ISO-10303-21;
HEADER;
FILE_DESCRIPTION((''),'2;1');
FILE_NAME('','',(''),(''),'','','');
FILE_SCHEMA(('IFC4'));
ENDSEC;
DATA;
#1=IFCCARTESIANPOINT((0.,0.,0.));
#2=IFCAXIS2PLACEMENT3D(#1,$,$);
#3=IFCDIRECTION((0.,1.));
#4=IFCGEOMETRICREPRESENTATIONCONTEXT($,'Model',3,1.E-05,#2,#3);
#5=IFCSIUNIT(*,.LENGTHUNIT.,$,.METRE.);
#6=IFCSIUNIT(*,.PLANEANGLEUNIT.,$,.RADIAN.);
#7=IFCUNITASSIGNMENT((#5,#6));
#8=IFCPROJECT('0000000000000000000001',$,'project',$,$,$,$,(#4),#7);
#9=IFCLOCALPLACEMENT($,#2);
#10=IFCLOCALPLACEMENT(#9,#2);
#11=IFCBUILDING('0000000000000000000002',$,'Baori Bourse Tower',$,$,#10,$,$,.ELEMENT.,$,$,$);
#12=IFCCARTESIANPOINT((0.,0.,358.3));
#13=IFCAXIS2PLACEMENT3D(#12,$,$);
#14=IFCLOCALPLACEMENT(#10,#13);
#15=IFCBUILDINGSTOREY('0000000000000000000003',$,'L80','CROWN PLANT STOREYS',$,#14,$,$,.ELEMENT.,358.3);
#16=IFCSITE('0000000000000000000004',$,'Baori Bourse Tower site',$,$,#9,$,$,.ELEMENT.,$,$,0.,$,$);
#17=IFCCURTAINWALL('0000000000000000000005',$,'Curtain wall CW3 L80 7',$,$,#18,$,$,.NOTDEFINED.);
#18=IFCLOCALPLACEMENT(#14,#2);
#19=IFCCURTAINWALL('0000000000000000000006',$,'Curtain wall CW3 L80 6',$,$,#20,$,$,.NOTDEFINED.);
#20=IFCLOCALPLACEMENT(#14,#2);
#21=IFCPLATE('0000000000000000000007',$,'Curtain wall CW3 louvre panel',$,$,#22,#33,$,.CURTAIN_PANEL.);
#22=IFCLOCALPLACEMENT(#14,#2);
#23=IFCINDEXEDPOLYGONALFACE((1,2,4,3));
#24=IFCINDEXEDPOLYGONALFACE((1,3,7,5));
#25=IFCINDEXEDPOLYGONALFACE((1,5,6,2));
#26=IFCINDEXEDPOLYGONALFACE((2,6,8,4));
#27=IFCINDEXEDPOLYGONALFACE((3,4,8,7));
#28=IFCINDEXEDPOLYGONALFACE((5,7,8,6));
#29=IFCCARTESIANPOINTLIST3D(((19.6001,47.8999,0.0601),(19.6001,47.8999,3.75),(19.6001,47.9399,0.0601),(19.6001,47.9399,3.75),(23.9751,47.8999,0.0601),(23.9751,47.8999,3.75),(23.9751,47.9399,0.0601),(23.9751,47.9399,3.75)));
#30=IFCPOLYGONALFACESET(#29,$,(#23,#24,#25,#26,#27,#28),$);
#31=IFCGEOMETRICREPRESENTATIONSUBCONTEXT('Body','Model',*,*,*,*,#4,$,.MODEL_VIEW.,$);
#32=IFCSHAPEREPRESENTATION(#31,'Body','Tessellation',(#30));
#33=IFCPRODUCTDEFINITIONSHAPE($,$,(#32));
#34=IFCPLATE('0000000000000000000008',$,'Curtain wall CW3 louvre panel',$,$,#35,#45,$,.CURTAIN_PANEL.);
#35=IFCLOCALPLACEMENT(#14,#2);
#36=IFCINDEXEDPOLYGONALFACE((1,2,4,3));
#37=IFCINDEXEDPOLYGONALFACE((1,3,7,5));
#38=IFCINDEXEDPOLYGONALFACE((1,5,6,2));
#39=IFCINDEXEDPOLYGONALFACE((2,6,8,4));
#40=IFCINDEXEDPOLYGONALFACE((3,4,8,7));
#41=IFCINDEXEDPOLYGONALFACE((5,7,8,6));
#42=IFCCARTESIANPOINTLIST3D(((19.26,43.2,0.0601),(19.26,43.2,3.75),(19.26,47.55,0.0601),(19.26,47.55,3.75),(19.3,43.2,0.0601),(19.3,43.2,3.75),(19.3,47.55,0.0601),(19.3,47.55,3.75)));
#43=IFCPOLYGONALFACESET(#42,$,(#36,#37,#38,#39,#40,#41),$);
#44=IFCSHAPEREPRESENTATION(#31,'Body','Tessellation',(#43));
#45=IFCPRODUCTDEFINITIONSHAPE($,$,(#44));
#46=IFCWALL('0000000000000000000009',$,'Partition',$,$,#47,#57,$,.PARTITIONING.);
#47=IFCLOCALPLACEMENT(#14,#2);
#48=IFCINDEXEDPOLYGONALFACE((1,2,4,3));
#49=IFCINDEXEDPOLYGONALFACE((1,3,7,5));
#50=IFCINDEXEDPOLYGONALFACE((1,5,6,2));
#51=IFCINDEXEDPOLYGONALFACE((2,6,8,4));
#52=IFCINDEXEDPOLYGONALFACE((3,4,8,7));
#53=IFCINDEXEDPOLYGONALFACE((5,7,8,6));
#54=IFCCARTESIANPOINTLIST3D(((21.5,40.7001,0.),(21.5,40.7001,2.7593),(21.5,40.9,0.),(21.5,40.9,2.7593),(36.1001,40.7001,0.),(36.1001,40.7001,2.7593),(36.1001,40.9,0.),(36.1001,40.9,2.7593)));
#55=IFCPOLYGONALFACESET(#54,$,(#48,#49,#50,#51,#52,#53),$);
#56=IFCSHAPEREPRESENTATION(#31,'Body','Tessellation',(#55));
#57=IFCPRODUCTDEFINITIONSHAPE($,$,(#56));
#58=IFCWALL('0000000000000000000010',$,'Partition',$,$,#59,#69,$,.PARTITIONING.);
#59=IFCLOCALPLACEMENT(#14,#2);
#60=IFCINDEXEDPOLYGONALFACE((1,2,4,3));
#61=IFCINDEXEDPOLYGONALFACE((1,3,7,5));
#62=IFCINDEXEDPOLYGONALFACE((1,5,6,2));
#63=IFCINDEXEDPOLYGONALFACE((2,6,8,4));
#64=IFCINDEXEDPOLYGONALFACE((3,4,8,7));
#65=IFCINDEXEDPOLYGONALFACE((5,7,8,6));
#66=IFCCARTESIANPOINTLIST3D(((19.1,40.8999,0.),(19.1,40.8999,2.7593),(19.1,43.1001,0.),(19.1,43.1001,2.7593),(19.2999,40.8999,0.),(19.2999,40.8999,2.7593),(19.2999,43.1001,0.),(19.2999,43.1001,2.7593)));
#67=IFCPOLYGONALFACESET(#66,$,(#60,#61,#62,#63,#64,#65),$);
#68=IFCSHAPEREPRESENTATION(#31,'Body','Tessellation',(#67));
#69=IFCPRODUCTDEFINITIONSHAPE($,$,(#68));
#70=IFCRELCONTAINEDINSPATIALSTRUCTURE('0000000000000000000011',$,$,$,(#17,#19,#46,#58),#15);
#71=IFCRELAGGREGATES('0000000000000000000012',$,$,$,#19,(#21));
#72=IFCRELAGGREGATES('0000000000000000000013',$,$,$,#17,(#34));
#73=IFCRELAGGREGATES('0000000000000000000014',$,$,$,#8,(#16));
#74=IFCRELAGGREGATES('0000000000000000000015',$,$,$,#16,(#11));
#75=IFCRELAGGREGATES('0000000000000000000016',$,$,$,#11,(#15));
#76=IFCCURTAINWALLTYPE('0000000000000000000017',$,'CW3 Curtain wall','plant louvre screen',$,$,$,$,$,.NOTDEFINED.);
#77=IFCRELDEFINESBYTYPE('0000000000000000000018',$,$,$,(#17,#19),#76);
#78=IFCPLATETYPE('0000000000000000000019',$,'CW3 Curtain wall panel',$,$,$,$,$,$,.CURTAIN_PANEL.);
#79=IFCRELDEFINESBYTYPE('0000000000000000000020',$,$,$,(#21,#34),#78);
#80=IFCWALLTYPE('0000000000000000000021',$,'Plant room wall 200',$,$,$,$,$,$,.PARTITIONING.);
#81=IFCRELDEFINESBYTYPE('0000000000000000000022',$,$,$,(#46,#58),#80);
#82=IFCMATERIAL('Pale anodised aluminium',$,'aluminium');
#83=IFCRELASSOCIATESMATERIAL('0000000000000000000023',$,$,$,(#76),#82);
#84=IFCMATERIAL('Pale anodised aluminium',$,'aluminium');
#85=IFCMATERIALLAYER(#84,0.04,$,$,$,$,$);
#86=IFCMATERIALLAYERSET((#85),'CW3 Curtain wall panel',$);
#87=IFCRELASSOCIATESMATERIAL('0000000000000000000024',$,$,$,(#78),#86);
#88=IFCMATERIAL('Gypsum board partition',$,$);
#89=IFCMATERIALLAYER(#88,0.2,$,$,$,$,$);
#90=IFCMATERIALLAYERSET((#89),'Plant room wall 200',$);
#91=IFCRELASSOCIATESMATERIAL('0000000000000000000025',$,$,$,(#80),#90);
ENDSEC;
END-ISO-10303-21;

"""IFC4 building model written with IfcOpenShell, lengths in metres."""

from ifc_helpers import new_model, si_unit, direction, frame, frame_2d, origin, origin_2d, place, context, subcontext, project, spatial, rectangle, extrude, material, layer, layer_set, type_object, element, aggregate, save


model = new_model("IFC4")

# Units and contexts
model_context = context("Model", 3, precision=1e-05, world=origin(), true_north=direction((0.0, 1.0)))
body_context = subcontext(model_context, "Body", "Model", "MODEL_VIEW")
ifc_project = project(units=[si_unit("LENGTHUNIT", "METRE"), si_unit("PLANEANGLEUNIT", "RADIAN")], contexts=[model_context])

# Site, building, storey
site_placement = place(None, origin())
site = spatial("IfcSite", under=ifc_project, at=site_placement, Name="Baori Bourse Tower site", CompositionType="ELEMENT", RefElevation=0.0)
building_placement = place(site_placement, origin())
building = spatial("IfcBuilding", under=site, at=building_placement, Name="Baori Bourse Tower", CompositionType="ELEMENT")
storey_placement = place(building_placement, frame((0.0, 0.0, 358.3)))
storey = spatial("IfcBuildingStorey", under=building, at=storey_placement, Name="L80", Description="CROWN PLANT STOREYS", CompositionType="ELEMENT", Elevation=358.3)

# Curtain wall
ifc_material_1 = material(Name="Pale anodised aluminium", Category="aluminium")
curtain_wall_type = type_object("IfcCurtainWallType", Name="CW3 Curtain wall", Description="plant louvre screen", PredefinedType="NOTDEFINED", material=ifc_material_1)
curtain_wall_1_placement = place(storey_placement, origin())
curtain_wall_1 = element("IfcCurtainWall", 1, at=curtain_wall_1_placement, inside=storey, type_object=curtain_wall_type, Name="Curtain wall CW3 L80 7", PredefinedType="NOTDEFINED")

# Curtain wall, plate
curtain_wall_2_placement = place(storey_placement, origin())
curtain_wall_2 = element("IfcCurtainWall", 2, at=curtain_wall_2_placement, inside=storey, type_object=curtain_wall_type, Name="Curtain wall CW3 L80 6", PredefinedType="NOTDEFINED")
ifc_material_2 = material(Name="Pale anodised aluminium", Category="aluminium")
ifc_layer_1 = layer(ifc_material_2, 0.04)
ifc_layer_set_1 = layer_set([ifc_layer_1], Name="CW3 Curtain wall panel")
plate_type = type_object("IfcPlateType", Name="CW3 Curtain wall panel", PredefinedType="CURTAIN_PANEL", material=ifc_layer_set_1)
plate_1_placement = place(storey_placement, frame((21.7876, 47.9199, 0.0601), z_axis=(0.0, 0.0, 1.0), x_axis=(-1.0, 0.0, 0.0)))
plate_1 = element("IfcPlate", 3, at=plate_1_placement, type_object=plate_type, Name="Curtain wall CW3 louvre panel", PredefinedType="CURTAIN_PANEL", context=body_context, shape_type="SweptSolid", body=[
    extrude(rectangle(XDim=4.375, YDim=0.04, at=origin_2d()), origin(), (0.0, 0.0, 1.0), 3.6899),
])
aggregate(curtain_wall_2, [plate_1])

# Plate
plate_2_placement = place(storey_placement, frame((19.28, 45.375, 0.0601), z_axis=(0.0, 0.0, 1.0), x_axis=(0.0, -1.0, 0.0)))
plate_2 = element("IfcPlate", 4, at=plate_2_placement, type_object=plate_type, Name="Curtain wall CW3 louvre panel", PredefinedType="CURTAIN_PANEL", context=body_context, shape_type="SweptSolid", body=[
    extrude(rectangle(XDim=4.3501, YDim=0.04, at=origin_2d()), origin(), (0.0, 0.0, 1.0), 3.6899),
])
aggregate(curtain_wall_1, [plate_2])

# Walls
ifc_material_3 = material(Name="Gypsum board partition")
ifc_layer_2 = layer(ifc_material_3, 0.2)
ifc_layer_set_2 = layer_set([ifc_layer_2], Name="Plant room wall 200")
wall_type = type_object("IfcWallType", Name="Plant room wall 200", PredefinedType="PARTITIONING", material=ifc_layer_set_2)
wall_1_placement = place(storey_placement, frame((21.5, 40.8, 0.0), z_axis=(0.0, 0.0, 1.0), x_axis=(1.0, 0.0, 0.0)))
element("IfcWall", 5, at=wall_1_placement, inside=storey, type_object=wall_type, Name="Partition", PredefinedType="PARTITIONING", context=body_context, shape_type="SweptSolid", body=[
    extrude(rectangle(XDim=14.6001, YDim=0.2, at=frame_2d((7.3, 0.0))), origin(), (0.0, 0.0, 1.0), 2.7593),
])
wall_2_placement = place(storey_placement, frame((19.2, 40.8999, 0.0), z_axis=(0.0, 0.0, 1.0), x_axis=(0.0, 1.0, 0.0)))
element("IfcWall", 6, at=wall_2_placement, inside=storey, type_object=wall_type, Name="Partition", PredefinedType="PARTITIONING", context=body_context, shape_type="SweptSolid", body=[
    extrude(rectangle(XDim=2.2002, YDim=0.2, at=frame_2d((1.1001, 0.0))), origin(), (0.0, 0.0, 1.0), 2.7593),
])

save(model, "model.ifc")
